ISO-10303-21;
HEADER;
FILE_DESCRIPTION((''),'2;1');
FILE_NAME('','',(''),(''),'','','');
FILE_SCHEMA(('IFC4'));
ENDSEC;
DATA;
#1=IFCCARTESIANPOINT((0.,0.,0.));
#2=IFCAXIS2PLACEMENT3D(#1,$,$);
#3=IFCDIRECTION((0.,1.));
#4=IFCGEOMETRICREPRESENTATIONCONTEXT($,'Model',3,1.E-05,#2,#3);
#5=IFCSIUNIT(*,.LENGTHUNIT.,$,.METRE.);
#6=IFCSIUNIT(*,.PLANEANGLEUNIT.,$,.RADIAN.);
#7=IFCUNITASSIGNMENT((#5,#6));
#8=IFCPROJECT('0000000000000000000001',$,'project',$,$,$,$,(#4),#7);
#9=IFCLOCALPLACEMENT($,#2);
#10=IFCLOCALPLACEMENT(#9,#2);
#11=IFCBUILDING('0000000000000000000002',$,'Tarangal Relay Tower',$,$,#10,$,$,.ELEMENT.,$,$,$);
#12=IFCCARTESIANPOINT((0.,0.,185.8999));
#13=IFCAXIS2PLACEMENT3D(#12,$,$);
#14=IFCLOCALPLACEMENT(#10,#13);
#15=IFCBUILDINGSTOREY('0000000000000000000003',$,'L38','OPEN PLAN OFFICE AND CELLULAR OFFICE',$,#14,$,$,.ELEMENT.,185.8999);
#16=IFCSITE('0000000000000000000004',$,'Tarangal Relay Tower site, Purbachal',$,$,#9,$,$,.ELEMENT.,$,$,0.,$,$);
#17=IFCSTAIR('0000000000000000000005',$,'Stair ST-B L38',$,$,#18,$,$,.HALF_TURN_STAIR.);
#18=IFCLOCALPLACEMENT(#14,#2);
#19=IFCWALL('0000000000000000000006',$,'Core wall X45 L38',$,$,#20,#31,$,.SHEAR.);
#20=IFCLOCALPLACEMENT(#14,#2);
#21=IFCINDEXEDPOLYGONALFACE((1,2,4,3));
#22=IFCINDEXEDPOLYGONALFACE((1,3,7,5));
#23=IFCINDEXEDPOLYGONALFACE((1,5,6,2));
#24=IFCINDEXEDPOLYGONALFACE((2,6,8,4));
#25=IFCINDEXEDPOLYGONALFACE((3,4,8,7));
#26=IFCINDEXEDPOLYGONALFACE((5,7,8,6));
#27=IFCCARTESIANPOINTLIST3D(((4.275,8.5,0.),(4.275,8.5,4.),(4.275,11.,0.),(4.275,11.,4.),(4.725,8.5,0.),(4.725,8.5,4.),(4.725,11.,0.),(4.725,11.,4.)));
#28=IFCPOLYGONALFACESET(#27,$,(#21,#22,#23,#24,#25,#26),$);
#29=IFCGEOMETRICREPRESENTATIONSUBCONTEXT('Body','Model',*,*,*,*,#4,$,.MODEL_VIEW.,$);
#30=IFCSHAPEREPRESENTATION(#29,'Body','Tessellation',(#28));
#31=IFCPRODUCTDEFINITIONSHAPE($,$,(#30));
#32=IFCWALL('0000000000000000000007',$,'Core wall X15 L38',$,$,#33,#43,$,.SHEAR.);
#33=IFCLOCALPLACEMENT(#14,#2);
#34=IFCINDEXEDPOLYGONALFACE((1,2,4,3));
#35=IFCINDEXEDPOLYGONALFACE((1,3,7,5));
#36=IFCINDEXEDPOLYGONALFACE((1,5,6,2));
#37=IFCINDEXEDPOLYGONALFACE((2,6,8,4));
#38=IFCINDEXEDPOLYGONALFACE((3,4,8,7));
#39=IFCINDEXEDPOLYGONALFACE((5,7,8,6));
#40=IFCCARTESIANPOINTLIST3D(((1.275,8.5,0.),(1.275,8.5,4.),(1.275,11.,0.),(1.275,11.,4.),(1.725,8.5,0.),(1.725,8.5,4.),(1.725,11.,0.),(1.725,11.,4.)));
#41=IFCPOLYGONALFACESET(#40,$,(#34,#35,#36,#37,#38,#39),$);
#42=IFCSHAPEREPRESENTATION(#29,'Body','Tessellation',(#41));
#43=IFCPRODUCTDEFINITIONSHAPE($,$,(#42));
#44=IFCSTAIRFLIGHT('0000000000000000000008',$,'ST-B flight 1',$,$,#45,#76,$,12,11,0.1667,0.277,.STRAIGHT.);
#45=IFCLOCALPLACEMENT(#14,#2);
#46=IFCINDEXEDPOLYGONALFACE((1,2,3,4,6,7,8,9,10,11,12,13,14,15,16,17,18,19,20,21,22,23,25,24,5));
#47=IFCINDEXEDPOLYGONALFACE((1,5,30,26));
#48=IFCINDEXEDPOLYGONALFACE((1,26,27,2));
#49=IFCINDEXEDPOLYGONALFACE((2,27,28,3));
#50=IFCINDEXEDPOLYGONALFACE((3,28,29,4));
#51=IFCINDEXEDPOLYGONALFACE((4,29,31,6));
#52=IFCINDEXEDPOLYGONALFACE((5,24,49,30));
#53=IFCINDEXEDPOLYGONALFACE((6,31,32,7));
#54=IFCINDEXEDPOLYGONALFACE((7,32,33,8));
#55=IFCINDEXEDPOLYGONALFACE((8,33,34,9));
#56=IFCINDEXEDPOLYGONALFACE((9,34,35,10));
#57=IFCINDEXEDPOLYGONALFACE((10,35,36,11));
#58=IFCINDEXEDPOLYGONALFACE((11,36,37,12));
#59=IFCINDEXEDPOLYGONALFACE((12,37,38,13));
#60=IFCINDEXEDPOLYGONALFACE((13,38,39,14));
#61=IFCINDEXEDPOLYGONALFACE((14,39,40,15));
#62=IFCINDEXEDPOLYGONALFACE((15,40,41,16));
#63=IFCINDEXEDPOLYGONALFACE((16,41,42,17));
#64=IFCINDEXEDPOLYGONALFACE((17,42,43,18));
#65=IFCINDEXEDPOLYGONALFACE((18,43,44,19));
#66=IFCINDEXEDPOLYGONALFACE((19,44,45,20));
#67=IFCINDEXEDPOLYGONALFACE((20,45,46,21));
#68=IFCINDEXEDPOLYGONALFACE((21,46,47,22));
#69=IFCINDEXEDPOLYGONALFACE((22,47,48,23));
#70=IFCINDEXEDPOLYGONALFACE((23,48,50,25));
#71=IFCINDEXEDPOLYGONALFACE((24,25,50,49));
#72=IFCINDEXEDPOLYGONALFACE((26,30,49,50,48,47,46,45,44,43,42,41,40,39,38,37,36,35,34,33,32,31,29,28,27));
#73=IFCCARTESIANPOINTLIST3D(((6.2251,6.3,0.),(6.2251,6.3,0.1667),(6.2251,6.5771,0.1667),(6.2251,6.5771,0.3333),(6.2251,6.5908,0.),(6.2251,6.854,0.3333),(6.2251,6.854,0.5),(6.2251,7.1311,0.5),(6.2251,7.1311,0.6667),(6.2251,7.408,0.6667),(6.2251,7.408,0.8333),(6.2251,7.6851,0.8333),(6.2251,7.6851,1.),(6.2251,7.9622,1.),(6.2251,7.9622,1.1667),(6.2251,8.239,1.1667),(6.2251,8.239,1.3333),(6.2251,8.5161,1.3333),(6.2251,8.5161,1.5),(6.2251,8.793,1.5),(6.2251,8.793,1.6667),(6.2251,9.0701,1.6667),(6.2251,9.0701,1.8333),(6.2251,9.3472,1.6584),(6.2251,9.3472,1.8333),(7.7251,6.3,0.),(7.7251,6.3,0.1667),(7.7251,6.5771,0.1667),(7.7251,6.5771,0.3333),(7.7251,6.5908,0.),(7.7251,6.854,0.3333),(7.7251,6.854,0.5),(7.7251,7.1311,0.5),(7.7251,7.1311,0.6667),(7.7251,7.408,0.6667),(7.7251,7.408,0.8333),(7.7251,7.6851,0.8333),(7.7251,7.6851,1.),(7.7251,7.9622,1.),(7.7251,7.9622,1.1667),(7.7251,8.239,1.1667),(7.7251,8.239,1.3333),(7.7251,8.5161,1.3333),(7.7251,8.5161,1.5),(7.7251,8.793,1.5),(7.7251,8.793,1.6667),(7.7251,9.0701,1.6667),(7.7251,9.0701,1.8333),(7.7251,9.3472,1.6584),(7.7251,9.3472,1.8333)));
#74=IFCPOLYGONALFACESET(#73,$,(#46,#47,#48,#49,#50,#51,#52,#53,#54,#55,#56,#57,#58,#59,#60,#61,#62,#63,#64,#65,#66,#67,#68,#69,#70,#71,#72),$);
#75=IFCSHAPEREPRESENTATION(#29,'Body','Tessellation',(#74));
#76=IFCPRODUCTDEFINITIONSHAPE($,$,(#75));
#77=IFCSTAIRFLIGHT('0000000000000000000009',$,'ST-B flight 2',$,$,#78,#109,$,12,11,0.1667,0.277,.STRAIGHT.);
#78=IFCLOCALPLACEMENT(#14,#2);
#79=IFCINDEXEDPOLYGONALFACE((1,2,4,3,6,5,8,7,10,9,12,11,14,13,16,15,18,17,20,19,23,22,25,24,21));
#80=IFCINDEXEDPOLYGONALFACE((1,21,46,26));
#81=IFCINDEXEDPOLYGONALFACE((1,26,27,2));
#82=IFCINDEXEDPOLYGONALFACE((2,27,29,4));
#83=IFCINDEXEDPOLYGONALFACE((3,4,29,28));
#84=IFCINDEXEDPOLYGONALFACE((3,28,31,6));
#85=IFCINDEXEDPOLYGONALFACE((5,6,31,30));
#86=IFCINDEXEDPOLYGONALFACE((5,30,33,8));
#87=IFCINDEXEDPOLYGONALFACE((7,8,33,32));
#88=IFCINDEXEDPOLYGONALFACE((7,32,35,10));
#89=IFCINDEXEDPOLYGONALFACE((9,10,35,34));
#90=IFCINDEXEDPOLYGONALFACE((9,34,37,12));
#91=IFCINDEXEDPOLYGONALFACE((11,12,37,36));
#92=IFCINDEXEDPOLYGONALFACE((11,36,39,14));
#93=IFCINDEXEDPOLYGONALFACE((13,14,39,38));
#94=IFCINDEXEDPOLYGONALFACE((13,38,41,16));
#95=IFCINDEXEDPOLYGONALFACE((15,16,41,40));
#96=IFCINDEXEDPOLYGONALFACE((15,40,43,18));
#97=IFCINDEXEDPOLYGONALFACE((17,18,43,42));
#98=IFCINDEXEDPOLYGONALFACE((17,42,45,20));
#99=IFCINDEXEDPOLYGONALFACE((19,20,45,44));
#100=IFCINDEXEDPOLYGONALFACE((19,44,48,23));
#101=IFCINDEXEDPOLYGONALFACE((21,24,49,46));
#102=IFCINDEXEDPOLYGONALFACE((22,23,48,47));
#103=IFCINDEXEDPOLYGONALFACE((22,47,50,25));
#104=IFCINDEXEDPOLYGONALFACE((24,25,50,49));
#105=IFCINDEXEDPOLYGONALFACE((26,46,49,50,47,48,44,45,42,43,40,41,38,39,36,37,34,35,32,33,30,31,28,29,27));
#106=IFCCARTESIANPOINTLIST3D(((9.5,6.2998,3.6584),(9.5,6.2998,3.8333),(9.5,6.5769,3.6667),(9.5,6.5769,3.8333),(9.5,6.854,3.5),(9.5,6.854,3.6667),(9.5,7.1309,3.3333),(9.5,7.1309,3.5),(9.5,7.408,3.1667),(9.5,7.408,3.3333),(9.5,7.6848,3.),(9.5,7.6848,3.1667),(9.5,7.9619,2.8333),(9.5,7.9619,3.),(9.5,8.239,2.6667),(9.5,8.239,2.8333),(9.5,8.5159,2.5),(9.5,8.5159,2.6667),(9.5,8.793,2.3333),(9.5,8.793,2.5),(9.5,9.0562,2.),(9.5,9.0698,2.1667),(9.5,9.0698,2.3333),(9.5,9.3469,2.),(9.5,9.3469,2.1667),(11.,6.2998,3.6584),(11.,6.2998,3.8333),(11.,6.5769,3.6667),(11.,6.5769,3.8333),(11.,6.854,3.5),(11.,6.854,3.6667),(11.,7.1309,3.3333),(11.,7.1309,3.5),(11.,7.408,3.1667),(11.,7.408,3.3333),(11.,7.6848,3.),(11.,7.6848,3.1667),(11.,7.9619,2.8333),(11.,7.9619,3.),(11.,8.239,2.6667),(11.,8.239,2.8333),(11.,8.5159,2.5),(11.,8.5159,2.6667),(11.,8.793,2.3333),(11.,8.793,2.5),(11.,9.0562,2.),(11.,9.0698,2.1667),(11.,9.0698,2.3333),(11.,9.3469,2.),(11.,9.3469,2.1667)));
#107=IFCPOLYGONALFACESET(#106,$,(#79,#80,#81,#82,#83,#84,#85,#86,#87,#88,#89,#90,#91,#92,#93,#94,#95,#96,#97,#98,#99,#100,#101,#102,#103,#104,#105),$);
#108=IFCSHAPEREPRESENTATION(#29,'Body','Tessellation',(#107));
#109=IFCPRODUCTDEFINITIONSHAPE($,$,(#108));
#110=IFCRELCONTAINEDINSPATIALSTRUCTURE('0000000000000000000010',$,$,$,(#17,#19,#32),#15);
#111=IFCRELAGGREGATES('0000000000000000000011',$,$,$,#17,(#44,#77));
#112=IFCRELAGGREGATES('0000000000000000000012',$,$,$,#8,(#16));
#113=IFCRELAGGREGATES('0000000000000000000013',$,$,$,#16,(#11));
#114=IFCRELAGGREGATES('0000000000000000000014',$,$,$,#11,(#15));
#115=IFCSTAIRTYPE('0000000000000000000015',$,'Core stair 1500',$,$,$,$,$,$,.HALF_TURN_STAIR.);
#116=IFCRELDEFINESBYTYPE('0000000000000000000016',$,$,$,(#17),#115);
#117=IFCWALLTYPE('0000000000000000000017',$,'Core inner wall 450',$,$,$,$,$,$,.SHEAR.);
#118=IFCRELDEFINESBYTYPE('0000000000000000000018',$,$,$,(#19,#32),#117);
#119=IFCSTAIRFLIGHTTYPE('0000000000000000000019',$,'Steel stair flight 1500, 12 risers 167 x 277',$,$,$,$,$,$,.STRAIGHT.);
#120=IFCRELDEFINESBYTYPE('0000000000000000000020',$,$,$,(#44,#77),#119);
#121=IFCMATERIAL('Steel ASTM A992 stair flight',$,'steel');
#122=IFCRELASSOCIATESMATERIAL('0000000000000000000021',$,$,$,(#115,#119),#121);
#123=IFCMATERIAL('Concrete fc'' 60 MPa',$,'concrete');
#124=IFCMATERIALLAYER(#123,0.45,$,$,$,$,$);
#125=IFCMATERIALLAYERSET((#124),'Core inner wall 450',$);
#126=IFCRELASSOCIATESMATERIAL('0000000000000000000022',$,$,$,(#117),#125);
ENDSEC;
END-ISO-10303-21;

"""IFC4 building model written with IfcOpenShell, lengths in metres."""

from ifc_helpers import new_model, si_unit, direction, frame, frame_2d, origin, place, context, subcontext, project, spatial, polyline, rectangle, outline, extrude, material, layer, layer_set, type_object, element, aggregate, save


model = new_model("IFC4")

# Units and contexts
model_context = context("Model", 3, precision=1e-05, world=origin(), true_north=direction((0.0, 1.0)))
body_context = subcontext(model_context, "Body", "Model", "MODEL_VIEW")
ifc_project = project(units=[si_unit("LENGTHUNIT", "METRE"), si_unit("PLANEANGLEUNIT", "RADIAN")], contexts=[model_context])

# Site, building, storey
site_placement = place(None, origin())
site = spatial("IfcSite", under=ifc_project, at=site_placement, Name="Tarangal Relay Tower site, Purbachal", CompositionType="ELEMENT", RefElevation=0.0)
building_placement = place(site_placement, origin())
building = spatial("IfcBuilding", under=site, at=building_placement, Name="Tarangal Relay Tower", CompositionType="ELEMENT")
storey_placement = place(building_placement, frame((0.0, 0.0, 185.8999)))
storey = spatial("IfcBuildingStorey", under=building, at=storey_placement, Name="L38", Description="OPEN PLAN OFFICE AND CELLULAR OFFICE", CompositionType="ELEMENT", Elevation=185.8999)

# Stair
ifc_material_1 = material(Name="Steel ASTM A992 stair flight", Category="steel")
stair_type = type_object("IfcStairType", Name="Core stair 1500", PredefinedType="HALF_TURN_STAIR", material=ifc_material_1)
stair_1_placement = place(storey_placement, origin())
stair_1 = element("IfcStair", 1, at=stair_1_placement, inside=storey, type_object=stair_type, Name="Stair ST-B L38", PredefinedType="HALF_TURN_STAIR")

# Shared definitions
ifc_material_2 = material(Name="Concrete fc' 60 MPa", Category="concrete")
ifc_layer_1 = layer(ifc_material_2, 0.45)
ifc_layer_set_1 = layer_set([ifc_layer_1], Name="Core inner wall 450")
wall_type = type_object("IfcWallType", Name="Core inner wall 450", PredefinedType="SHEAR", material=ifc_layer_set_1)

# Walls
for number, where, z_axis, x_axis, name in (
    (2, (4.5, 8.5, 0.0), (0.0, 0.0, 1.0), (0.0, 1.0, 0.0), "Core wall X45 L38"),
    (3, (1.5, 8.5, 0.0), (0.0, 0.0, 1.0), (0.0, 1.0, 0.0), "Core wall X15 L38"),
):
    element("IfcWall", number, at=place(storey_placement, frame(where, z_axis=z_axis, x_axis=x_axis)), inside=storey, type_object=wall_type, Name=name, PredefinedType="SHEAR", context=body_context, shape_type="SweptSolid", body=[
        extrude(rectangle(XDim=2.5, YDim=0.45, at=frame_2d((1.25, 0.0))), origin(), (0.0, 0.0, 1.0), 4.0),
    ])

# Stair flights
stair_flight_type = type_object("IfcStairFlightType", Name="Steel stair flight 1500, 12 risers 167 x 277", PredefinedType="STRAIGHT", material=ifc_material_1)
stair_flight_1_placement = place(storey_placement, frame((6.9751, 6.3, 0.0), z_axis=(0.0, 0.0, 1.0), x_axis=(0.0, 1.0, 0.0)))
stair_flight_1 = element("IfcStairFlight", 4, at=stair_flight_1_placement, type_object=stair_flight_type, Name="ST-B flight 1", NumberOfRisers=12, NumberOfTreads=11, PredefinedType="STRAIGHT", RiserHeight=0.1667, TreadLength=0.277, context=body_context, shape_type="SweptSolid", body=[
    extrude(outline(polyline([(0.0, 0.0), (0.0, 0.1667), (0.2771, 0.1667), (0.2771, 0.3333), (0.554, 0.3333), (0.554, 0.5), (0.8311, 0.5), (0.8311, 0.6667), (1.1079, 0.6667), (1.1079, 0.8333), (1.385, 0.8333), (1.385, 1.0), (1.6621, 1.0), (1.6621, 1.1667), (1.939, 1.1667), (1.939, 1.3333), (2.2161, 1.3333), (2.2161, 1.5), (2.4929, 1.5), (2.4929, 1.6667), (2.77, 1.6667), (2.77, 1.8333), (3.0471, 1.8333), (3.0471, 2.0), (3.0471, 1.6584), (0.2908, 0.0), (0.0, 0.0)])), frame((0.0, 0.75, 0.0), z_axis=(0.0, -1.0, 0.0), x_axis=(1.0, 0.0, 0.0)), (0.0, 0.0, 1.0), 1.5),
])
stair_flight_2_placement = place(storey_placement, frame((10.25, 9.3469, 2.0), z_axis=(0.0, 0.0, 1.0), x_axis=(0.0, -1.0, 0.0)))
stair_flight_2 = element("IfcStairFlight", 5, at=stair_flight_2_placement, type_object=stair_flight_type, Name="ST-B flight 2", NumberOfRisers=12, NumberOfTreads=11, PredefinedType="STRAIGHT", RiserHeight=0.1667, TreadLength=0.277, context=body_context, shape_type="SweptSolid", body=[
    extrude(outline(polyline([(0.0, 0.0), (0.0, 0.1667), (0.2771, 0.1667), (0.2771, 0.3333), (0.554, 0.3333), (0.554, 0.5), (0.8311, 0.5), (0.8311, 0.6667), (1.1079, 0.6667), (1.1079, 0.8333), (1.385, 0.8333), (1.385, 1.0), (1.6621, 1.0), (1.6621, 1.1667), (1.939, 1.1667), (1.939, 1.3333), (2.2161, 1.3333), (2.2161, 1.5), (2.4929, 1.5), (2.4929, 1.6667), (2.77, 1.6667), (2.77, 1.8333), (3.0471, 1.8333), (3.0471, 2.0), (3.0471, 1.6584), (0.2908, 0.0), (0.0, 0.0)])), frame((0.0, 0.75, 0.0), z_axis=(0.0, -1.0, 0.0), x_axis=(1.0, 0.0, 0.0)), (0.0, 0.0, 1.0), 1.5),
])
aggregate(stair_1, [stair_flight_1, stair_flight_2])

save(model, "model.ifc")
